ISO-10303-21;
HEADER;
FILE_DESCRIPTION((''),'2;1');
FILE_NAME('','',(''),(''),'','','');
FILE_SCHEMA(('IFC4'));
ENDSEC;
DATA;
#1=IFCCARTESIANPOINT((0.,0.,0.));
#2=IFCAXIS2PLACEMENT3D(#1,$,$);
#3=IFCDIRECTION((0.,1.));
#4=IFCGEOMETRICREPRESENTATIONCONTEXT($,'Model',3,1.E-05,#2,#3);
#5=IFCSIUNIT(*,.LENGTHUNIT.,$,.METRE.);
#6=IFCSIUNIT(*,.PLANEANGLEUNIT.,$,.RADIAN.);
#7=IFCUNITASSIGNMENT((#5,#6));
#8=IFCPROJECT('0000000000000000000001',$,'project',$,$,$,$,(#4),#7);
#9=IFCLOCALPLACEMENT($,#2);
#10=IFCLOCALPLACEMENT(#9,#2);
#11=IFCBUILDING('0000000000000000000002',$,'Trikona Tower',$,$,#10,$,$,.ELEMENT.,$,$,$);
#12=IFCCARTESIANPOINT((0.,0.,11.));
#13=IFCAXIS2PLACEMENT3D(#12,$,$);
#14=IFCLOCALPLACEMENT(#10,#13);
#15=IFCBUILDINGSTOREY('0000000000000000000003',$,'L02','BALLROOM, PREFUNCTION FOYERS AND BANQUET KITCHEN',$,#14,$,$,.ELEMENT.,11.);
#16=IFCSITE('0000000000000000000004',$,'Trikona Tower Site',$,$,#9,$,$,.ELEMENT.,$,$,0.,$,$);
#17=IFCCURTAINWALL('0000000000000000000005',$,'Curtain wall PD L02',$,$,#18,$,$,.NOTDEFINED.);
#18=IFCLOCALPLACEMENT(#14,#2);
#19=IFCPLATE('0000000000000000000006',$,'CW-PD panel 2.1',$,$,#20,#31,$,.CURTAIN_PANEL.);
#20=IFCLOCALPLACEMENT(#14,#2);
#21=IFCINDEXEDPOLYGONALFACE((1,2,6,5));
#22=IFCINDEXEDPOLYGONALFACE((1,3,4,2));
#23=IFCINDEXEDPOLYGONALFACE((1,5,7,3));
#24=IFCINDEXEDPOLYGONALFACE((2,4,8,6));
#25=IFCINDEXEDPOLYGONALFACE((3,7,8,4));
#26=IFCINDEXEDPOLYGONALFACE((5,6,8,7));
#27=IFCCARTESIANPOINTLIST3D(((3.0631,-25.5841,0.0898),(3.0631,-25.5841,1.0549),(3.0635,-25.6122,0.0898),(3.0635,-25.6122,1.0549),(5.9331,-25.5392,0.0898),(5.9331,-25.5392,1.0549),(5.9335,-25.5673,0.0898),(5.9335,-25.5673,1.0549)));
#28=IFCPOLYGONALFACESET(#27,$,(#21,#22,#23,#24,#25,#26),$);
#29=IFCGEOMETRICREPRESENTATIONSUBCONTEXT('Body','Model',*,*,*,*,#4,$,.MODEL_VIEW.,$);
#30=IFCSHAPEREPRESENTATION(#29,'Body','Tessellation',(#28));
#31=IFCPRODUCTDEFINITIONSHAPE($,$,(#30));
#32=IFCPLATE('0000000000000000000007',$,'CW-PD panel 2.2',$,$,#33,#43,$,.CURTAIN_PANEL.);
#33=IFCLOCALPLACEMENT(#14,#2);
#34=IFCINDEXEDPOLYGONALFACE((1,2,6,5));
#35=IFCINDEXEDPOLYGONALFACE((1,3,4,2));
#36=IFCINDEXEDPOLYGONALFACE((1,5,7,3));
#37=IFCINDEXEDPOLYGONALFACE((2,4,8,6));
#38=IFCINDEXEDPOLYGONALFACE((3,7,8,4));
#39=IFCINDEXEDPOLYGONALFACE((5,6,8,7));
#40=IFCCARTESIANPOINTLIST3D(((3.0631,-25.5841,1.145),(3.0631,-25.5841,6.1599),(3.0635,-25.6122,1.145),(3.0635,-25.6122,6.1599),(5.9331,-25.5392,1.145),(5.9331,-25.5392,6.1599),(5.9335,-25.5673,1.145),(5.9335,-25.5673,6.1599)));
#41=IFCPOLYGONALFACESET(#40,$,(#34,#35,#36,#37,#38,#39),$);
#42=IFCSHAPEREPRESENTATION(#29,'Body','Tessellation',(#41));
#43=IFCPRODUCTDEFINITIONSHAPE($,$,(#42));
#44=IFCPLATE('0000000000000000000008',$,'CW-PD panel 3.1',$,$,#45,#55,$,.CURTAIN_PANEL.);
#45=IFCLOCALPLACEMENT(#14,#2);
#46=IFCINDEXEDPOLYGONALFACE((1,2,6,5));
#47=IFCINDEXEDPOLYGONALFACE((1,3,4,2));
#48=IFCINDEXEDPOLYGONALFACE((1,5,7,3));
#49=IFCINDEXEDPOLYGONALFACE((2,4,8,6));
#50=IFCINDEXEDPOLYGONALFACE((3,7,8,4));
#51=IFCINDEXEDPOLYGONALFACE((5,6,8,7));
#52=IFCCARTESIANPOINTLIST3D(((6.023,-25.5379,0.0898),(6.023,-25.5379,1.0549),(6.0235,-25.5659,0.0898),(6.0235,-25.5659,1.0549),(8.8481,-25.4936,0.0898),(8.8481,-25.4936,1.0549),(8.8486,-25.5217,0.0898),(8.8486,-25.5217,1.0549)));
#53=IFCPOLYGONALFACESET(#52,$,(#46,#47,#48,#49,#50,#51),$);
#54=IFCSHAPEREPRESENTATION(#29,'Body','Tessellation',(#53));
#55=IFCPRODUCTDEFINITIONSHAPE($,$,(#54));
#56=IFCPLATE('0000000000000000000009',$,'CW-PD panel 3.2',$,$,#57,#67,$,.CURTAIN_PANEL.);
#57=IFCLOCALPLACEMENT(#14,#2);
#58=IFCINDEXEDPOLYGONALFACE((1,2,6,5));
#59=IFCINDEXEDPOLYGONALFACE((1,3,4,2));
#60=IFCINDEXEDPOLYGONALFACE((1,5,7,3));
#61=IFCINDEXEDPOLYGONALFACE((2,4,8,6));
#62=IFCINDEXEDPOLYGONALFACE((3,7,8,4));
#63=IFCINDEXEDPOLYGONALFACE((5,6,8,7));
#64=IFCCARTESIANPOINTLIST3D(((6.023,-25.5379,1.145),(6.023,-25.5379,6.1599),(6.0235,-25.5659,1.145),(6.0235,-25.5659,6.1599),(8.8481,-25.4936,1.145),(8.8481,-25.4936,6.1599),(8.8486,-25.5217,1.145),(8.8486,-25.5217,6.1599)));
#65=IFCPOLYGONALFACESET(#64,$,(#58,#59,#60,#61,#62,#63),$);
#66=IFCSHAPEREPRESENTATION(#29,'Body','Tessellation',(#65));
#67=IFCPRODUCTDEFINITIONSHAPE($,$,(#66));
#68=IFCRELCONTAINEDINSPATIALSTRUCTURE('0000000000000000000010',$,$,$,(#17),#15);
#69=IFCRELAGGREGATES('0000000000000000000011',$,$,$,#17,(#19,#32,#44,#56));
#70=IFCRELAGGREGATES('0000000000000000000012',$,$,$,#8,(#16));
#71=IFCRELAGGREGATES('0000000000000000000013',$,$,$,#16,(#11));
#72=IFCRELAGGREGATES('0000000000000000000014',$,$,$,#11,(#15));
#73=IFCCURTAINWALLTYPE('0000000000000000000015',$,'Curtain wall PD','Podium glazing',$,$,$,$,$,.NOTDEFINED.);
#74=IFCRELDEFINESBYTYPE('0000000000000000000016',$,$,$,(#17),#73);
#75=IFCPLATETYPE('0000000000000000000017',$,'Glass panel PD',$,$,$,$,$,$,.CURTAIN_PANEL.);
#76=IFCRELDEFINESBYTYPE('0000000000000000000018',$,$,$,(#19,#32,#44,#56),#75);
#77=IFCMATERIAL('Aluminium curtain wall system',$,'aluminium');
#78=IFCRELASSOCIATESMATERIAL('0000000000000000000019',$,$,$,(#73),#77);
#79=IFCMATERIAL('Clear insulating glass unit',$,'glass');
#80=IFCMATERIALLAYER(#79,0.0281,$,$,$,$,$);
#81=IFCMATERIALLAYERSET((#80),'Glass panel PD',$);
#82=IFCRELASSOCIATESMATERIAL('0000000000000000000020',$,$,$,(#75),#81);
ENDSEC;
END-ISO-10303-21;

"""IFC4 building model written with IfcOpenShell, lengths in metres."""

from ifc_helpers import new_model, si_unit, direction, frame, origin, origin_2d, place, context, subcontext, project, spatial, rectangle, extrude, material, layer, layer_set, type_object, element, aggregate, save


model = new_model("IFC4")

# Units and contexts
model_context = context("Model", 3, precision=1e-05, world=origin(), true_north=direction((0.0, 1.0)))
body_context = subcontext(model_context, "Body", "Model", "MODEL_VIEW")
ifc_project = project(units=[si_unit("LENGTHUNIT", "METRE"), si_unit("PLANEANGLEUNIT", "RADIAN")], contexts=[model_context])

# Site, building, storey
site_placement = place(None, origin())
site = spatial("IfcSite", under=ifc_project, at=site_placement, Name="Trikona Tower Site", CompositionType="ELEMENT", RefElevation=0.0)
building_placement = place(site_placement, origin())
building = spatial("IfcBuilding", under=site, at=building_placement, Name="Trikona Tower", CompositionType="ELEMENT")
storey_placement = place(building_placement, frame((0.0, 0.0, 11.0)))
storey = spatial("IfcBuildingStorey", under=building, at=storey_placement, Name="L02", Description="BALLROOM, PREFUNCTION FOYERS AND BANQUET KITCHEN", CompositionType="ELEMENT", Elevation=11.0)

# Curtain wall, plates
ifc_material_1 = material(Name="Aluminium curtain wall system", Category="aluminium")
curtain_wall_type = type_object("IfcCurtainWallType", Name="Curtain wall PD", Description="Podium glazing", PredefinedType="NOTDEFINED", material=ifc_material_1)
curtain_wall_placement = place(storey_placement, origin())
curtain_wall = element("IfcCurtainWall", 1, at=curtain_wall_placement, inside=storey, type_object=curtain_wall_type, Name="Curtain wall PD L02", PredefinedType="NOTDEFINED")
ifc_material_2 = material(Name="Clear insulating glass unit", Category="glass")
ifc_layer = layer(ifc_material_2, 0.0281)
ifc_layer_set = layer_set([ifc_layer], Name="Glass panel PD")
plate_type = type_object("IfcPlateType", Name="Glass panel PD", PredefinedType="CURTAIN_PANEL", material=ifc_layer_set)
plate_1_placement = place(storey_placement, frame((4.4983, -25.5757, 0.0898), z_axis=(0.0, 0.0, 1.0), x_axis=(0.999878, 0.015651, 0.0)))
plate_1 = element("IfcPlate", 2, at=plate_1_placement, type_object=plate_type, Name="CW-PD panel 2.1", PredefinedType="CURTAIN_PANEL", context=body_context, shape_type="SweptSolid", body=[
    extrude(rectangle(XDim=2.8704, YDim=0.0281, at=origin_2d()), origin(), (0.0, 0.0, 1.0), 0.9651),
])
plate_2_placement = place(storey_placement, frame((4.4983, -25.5757, 1.145), z_axis=(0.0, 0.0, 1.0), x_axis=(0.999878, 0.015651, 0.0)))
plate_2 = element("IfcPlate", 3, at=plate_2_placement, type_object=plate_type, Name="CW-PD panel 2.2", PredefinedType="CURTAIN_PANEL", context=body_context, shape_type="SweptSolid", body=[
    extrude(rectangle(XDim=2.8704, YDim=0.0281, at=origin_2d()), origin(), (0.0, 0.0, 1.0), 5.0149),
])
plate_3_placement = place(storey_placement, frame((7.4358, -25.5298, 0.0898), z_axis=(0.0, 0.0, 1.0), x_axis=(0.999878, 0.015651, 0.0)))
plate_3 = element("IfcPlate", 4, at=plate_3_placement, type_object=plate_type, Name="CW-PD panel 3.1", PredefinedType="CURTAIN_PANEL", context=body_context, shape_type="SweptSolid", body=[
    extrude(rectangle(XDim=2.8254, YDim=0.0281, at=origin_2d()), origin(), (0.0, 0.0, 1.0), 0.9651),
])
plate_4_placement = place(storey_placement, frame((7.4358, -25.5298, 1.145), z_axis=(0.0, 0.0, 1.0), x_axis=(0.999878, 0.015651, 0.0)))
plate_4 = element("IfcPlate", 5, at=plate_4_placement, type_object=plate_type, Name="CW-PD panel 3.2", PredefinedType="CURTAIN_PANEL", context=body_context, shape_type="SweptSolid", body=[
    extrude(rectangle(XDim=2.8254, YDim=0.0281, at=origin_2d()), origin(), (0.0, 0.0, 1.0), 5.0149),
])
aggregate(curtain_wall, [plate_1, plate_2, plate_3, plate_4])

save(model, "model.ifc")
